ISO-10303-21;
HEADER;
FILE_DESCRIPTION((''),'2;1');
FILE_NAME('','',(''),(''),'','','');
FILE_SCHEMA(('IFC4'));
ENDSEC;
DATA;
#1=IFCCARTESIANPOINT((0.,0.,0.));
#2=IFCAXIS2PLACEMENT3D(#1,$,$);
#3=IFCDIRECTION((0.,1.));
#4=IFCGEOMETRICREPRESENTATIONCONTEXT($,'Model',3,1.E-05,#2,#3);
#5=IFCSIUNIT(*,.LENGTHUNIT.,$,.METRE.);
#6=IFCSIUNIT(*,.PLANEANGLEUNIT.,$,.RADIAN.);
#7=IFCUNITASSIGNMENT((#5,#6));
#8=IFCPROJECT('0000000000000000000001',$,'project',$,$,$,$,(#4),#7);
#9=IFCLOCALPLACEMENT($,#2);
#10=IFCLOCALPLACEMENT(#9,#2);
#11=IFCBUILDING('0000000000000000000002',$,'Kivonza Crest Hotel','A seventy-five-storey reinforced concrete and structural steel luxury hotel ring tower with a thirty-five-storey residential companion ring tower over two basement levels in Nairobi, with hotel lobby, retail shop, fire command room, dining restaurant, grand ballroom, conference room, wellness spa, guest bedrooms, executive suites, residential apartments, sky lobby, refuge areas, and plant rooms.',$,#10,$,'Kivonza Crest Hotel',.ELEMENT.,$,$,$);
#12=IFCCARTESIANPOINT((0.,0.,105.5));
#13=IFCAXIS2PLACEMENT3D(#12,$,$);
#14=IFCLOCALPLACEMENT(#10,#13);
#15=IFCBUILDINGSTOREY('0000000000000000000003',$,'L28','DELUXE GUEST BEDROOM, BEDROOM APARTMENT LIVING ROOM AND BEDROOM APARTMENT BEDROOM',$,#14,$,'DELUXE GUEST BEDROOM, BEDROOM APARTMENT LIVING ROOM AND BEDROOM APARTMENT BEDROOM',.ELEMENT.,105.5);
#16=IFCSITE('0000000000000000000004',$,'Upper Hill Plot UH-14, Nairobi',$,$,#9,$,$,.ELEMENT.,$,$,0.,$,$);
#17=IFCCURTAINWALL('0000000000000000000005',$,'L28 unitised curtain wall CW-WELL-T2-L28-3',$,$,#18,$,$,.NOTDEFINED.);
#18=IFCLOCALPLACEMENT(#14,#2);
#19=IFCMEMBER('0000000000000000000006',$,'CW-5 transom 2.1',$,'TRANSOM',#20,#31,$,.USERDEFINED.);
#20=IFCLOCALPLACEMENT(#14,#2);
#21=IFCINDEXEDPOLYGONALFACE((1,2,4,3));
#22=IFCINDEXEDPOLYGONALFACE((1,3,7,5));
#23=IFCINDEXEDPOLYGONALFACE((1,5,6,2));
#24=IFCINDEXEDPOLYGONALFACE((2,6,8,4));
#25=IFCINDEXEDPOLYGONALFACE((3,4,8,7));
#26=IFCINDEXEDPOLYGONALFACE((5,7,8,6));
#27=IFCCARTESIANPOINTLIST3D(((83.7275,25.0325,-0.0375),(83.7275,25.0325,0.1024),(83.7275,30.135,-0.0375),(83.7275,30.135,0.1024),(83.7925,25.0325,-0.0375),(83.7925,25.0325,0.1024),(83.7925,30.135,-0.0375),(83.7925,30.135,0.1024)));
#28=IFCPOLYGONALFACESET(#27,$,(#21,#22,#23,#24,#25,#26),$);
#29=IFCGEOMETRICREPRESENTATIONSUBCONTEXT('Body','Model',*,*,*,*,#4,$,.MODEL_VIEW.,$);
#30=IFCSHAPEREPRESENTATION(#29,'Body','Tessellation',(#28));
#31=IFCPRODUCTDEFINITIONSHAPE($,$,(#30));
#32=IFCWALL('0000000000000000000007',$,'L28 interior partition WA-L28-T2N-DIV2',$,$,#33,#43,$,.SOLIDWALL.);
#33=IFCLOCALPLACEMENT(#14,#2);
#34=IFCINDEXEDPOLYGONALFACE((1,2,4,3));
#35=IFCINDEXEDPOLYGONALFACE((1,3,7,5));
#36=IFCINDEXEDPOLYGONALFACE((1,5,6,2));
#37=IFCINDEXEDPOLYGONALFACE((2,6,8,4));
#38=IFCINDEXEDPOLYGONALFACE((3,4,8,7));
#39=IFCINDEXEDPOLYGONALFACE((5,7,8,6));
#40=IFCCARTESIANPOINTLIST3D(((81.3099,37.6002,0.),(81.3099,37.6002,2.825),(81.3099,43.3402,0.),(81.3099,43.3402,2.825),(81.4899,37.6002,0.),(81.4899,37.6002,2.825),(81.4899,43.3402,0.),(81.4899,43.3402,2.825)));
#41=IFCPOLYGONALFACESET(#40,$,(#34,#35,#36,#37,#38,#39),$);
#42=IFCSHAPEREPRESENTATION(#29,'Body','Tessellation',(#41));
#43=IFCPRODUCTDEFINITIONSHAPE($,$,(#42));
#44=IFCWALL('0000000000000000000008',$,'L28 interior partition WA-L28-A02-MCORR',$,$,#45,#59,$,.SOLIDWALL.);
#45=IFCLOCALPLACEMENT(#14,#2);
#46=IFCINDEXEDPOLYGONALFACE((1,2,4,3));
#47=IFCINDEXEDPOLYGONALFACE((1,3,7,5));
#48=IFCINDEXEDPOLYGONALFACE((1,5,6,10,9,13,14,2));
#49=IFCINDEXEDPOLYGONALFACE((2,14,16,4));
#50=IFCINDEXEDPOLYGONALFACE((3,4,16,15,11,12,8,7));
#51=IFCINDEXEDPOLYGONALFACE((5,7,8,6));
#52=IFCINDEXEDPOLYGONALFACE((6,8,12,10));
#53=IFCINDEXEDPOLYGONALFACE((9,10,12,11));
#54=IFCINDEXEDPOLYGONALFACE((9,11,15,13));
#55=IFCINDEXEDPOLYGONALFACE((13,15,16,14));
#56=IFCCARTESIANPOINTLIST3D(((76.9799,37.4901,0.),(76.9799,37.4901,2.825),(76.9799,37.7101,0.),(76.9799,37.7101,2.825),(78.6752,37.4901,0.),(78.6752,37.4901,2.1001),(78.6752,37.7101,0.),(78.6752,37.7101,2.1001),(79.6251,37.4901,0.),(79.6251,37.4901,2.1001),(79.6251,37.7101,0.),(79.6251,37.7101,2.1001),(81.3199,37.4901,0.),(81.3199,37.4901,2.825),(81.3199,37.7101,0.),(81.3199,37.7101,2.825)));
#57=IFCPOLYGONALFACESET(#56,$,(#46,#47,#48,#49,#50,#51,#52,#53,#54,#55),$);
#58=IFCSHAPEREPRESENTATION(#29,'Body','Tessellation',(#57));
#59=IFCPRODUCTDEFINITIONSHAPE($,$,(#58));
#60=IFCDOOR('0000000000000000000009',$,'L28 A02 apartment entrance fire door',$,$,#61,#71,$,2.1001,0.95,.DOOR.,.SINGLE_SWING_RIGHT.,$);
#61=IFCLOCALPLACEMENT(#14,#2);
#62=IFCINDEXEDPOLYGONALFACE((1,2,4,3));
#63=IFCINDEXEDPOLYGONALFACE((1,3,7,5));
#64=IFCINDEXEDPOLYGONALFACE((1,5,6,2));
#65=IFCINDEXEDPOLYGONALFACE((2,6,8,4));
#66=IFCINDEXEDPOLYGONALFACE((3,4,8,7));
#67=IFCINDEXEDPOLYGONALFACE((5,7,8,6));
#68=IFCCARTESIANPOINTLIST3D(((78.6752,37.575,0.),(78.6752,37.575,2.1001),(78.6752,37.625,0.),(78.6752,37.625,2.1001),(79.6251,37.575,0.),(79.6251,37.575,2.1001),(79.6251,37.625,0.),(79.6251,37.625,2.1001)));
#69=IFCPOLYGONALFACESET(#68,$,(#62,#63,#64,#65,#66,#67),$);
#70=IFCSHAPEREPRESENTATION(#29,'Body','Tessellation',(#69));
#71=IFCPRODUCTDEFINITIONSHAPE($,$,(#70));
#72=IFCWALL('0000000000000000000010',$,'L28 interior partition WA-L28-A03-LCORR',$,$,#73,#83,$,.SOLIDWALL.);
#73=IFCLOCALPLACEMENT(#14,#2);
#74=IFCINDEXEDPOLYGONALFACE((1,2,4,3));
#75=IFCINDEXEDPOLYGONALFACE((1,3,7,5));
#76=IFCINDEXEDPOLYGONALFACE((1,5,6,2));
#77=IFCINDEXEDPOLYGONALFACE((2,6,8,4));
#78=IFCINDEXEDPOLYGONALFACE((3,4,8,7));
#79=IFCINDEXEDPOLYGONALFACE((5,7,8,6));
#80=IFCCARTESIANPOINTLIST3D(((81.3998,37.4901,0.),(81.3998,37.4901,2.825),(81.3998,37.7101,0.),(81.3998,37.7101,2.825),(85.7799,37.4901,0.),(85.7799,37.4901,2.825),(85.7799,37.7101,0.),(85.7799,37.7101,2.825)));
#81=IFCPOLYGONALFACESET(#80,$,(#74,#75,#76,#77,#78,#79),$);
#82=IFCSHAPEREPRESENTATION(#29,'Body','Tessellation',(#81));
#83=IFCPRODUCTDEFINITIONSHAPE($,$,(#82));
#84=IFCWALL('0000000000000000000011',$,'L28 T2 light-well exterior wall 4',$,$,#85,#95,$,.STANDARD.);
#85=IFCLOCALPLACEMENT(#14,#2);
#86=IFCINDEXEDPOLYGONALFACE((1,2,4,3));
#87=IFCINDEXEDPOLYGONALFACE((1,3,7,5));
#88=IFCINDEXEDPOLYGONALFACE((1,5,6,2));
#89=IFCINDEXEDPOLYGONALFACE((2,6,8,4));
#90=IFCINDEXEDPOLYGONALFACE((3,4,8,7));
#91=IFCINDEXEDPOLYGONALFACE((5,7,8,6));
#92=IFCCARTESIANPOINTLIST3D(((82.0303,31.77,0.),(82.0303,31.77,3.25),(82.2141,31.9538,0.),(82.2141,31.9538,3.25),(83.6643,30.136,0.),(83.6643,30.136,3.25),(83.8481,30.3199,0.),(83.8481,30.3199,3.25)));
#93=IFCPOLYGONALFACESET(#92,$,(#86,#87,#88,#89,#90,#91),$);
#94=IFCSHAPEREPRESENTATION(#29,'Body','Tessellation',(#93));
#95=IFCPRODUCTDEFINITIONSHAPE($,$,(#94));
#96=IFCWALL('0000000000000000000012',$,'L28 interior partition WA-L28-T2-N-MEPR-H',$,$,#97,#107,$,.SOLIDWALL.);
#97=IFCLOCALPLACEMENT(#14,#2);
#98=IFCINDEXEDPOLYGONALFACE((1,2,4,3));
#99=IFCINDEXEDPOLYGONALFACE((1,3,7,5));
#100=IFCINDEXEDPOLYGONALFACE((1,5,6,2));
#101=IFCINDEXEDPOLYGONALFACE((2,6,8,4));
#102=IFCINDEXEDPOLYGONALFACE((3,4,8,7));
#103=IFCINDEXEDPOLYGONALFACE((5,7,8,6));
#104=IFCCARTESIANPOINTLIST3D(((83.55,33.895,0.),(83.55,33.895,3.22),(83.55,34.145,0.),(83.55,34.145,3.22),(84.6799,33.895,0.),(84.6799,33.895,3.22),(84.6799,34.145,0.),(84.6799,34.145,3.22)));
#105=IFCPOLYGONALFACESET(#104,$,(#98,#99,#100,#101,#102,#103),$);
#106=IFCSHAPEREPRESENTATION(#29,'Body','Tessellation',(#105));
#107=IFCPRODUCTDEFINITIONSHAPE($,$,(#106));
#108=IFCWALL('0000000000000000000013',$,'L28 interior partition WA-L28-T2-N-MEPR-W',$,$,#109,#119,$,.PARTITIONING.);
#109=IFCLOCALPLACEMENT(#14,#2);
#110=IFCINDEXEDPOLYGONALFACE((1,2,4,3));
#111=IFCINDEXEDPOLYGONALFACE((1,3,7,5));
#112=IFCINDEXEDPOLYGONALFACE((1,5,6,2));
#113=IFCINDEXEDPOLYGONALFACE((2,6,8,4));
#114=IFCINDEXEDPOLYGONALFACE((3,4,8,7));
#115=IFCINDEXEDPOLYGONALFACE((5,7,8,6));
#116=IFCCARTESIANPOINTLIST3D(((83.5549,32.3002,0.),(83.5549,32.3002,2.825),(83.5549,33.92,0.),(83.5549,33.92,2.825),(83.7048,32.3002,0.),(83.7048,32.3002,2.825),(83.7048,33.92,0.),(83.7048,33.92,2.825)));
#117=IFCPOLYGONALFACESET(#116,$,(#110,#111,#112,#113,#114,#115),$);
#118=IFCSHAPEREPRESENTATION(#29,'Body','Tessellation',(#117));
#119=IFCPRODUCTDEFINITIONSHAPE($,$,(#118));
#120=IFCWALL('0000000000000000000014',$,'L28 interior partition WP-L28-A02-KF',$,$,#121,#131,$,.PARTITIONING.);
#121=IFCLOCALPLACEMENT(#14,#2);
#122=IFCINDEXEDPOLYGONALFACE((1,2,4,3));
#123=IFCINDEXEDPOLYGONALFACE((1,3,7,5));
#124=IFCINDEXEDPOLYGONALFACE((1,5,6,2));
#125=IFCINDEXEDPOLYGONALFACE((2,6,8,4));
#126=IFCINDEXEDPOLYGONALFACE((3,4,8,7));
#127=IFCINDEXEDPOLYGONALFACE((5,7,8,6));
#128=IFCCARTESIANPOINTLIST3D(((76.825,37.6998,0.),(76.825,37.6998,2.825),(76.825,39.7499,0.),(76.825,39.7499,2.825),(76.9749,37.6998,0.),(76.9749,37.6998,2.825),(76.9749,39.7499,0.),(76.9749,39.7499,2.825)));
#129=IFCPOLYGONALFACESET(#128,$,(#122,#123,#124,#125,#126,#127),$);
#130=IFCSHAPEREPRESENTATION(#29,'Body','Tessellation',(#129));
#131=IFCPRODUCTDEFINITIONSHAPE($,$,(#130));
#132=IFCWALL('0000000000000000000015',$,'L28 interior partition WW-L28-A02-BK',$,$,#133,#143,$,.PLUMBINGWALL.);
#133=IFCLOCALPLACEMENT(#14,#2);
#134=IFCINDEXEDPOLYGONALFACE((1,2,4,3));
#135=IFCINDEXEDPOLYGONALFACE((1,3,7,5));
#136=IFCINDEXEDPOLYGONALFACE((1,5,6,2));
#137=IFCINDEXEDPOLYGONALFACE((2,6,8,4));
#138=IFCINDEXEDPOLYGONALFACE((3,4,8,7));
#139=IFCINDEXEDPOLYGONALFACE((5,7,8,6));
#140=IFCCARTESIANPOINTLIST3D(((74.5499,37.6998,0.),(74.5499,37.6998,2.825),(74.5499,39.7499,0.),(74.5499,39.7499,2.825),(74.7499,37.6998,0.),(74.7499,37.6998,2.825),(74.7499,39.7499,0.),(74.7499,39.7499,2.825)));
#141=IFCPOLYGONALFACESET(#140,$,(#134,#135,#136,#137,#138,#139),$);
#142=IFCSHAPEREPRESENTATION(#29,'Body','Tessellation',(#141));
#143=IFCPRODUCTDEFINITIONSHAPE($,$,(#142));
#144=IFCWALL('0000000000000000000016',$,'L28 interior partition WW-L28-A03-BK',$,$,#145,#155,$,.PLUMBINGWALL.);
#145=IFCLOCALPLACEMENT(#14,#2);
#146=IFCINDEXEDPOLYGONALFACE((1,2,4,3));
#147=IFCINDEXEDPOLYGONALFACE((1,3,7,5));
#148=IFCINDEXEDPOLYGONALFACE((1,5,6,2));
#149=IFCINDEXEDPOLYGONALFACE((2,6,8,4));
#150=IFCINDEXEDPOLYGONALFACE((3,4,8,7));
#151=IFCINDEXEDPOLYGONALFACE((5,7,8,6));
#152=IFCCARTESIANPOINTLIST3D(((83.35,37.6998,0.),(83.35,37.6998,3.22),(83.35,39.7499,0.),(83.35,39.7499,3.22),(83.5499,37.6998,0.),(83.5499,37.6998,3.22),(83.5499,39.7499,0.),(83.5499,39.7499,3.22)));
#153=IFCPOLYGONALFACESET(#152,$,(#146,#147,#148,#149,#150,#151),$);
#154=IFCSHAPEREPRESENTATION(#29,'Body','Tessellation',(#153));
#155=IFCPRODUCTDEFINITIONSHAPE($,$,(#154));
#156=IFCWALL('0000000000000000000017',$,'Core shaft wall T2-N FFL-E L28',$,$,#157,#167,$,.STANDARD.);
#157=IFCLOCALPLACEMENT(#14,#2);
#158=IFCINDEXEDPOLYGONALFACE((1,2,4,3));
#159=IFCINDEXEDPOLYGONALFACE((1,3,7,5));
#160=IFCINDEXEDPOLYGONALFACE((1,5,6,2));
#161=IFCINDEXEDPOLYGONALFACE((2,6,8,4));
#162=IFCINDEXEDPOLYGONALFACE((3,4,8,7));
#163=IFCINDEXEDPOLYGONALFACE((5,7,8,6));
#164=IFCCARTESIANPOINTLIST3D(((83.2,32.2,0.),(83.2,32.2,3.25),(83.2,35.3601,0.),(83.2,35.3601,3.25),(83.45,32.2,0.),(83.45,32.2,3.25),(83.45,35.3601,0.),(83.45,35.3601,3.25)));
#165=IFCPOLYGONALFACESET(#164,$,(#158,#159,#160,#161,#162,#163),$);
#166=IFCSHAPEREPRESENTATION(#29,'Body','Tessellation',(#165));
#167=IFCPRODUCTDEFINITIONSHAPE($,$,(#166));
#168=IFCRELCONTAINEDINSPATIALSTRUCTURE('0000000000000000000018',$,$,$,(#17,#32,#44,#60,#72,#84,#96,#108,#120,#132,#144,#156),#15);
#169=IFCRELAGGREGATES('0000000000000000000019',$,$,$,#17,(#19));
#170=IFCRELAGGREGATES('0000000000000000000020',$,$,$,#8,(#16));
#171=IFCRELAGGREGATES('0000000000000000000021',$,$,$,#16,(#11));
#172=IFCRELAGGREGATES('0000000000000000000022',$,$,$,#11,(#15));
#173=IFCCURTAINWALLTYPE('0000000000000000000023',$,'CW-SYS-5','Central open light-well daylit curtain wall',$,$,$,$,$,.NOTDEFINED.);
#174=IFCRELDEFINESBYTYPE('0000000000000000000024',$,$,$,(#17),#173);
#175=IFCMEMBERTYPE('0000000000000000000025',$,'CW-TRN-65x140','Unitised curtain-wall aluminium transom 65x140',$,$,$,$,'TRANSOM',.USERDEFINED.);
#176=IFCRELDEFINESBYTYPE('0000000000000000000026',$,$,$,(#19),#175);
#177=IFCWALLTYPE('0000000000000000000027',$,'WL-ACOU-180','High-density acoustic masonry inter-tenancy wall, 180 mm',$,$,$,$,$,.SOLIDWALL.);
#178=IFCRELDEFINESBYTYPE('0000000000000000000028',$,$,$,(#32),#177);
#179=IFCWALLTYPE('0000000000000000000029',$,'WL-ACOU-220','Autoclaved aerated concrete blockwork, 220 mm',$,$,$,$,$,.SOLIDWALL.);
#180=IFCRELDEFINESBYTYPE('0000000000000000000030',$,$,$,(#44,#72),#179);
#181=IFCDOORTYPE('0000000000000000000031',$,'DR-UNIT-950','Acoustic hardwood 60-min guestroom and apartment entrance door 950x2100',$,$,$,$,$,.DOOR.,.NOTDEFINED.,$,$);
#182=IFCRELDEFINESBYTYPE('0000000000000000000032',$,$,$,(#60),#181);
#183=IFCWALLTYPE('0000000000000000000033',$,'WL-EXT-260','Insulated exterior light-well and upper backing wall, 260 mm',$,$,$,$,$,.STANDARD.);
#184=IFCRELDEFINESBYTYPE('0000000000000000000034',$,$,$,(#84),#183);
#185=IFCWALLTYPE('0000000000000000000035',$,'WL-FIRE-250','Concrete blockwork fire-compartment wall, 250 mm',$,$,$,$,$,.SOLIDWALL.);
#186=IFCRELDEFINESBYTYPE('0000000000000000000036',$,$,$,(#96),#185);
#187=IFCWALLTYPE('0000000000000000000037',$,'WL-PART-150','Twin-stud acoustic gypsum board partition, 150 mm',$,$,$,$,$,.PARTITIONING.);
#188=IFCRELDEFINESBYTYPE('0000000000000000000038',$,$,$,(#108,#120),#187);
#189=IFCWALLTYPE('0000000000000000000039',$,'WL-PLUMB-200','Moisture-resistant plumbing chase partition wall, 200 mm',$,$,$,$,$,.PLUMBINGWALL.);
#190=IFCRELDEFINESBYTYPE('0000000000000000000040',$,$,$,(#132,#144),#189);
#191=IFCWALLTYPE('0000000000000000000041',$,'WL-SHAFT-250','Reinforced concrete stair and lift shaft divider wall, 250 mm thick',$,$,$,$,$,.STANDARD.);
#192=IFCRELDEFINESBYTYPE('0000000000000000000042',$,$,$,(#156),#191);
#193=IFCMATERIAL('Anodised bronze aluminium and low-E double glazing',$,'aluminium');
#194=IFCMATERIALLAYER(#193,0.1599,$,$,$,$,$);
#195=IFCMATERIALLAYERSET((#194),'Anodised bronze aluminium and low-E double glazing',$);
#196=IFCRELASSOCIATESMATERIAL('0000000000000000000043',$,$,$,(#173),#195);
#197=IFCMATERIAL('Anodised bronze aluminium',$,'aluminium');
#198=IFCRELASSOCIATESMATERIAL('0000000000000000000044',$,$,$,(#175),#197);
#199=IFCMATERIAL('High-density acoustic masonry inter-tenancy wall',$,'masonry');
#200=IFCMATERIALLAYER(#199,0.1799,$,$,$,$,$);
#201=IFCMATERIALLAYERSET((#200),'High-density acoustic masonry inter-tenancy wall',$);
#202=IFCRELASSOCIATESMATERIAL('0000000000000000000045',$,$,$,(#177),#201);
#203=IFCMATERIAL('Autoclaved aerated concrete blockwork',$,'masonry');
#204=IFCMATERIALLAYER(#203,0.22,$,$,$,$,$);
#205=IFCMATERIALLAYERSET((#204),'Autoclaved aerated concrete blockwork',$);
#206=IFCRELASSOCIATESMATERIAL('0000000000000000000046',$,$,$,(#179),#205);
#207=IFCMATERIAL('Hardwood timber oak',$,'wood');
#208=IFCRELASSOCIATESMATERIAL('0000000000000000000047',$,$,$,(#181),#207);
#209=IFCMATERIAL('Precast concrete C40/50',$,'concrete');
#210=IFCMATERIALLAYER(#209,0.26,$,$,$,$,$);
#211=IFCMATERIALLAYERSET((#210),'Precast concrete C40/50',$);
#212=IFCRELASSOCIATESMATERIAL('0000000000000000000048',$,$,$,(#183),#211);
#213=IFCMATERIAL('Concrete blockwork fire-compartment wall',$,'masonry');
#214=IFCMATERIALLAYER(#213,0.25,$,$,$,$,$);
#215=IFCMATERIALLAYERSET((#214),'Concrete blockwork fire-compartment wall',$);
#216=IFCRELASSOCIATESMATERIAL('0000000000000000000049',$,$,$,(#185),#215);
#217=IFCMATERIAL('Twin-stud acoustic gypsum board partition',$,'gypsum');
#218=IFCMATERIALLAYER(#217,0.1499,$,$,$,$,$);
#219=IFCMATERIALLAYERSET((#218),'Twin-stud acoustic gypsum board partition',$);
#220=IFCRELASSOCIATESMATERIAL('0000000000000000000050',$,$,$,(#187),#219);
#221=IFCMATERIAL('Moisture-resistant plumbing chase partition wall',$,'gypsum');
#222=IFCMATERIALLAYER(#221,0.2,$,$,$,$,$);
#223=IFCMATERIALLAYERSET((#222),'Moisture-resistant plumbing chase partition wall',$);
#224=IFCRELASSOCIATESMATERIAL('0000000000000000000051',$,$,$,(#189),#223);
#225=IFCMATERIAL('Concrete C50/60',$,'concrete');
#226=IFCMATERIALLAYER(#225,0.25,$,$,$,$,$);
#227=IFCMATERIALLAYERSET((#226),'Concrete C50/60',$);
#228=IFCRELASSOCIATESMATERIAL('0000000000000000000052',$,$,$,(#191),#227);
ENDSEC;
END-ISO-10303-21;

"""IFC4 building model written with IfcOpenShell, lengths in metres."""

from ifc_helpers import new_model, si_unit, direction, frame, frame_2d, origin, origin_2d, place, context, subcontext, project, spatial, rectangle, extrude, material, layer, layer_set, material_profile, profile_set, type_object, element, fill, aggregate, save


model = new_model("IFC4")

# Units and contexts
model_context = context("Model", 3, precision=1e-05, world=origin(), true_north=direction((0.0, 1.0)))
body_context = subcontext(model_context, "Body", "Model", "MODEL_VIEW")
ifc_project = project(units=[si_unit("LENGTHUNIT", "METRE"), si_unit("PLANEANGLEUNIT", "RADIAN")], contexts=[model_context])

# Site, building, storey
site_placement = place(None, origin())
site = spatial("IfcSite", under=ifc_project, at=site_placement, Name="Upper Hill Plot UH-14, Nairobi", CompositionType="ELEMENT", RefElevation=0.0)
building_placement = place(site_placement, origin())
building = spatial("IfcBuilding", under=site, at=building_placement, Name="Kivonza Crest Hotel", Description="A seventy-five-storey reinforced concrete and structural steel luxury hotel ring tower with a thirty-five-storey residential companion ring tower over two basement levels in Nairobi, with hotel lobby, retail shop, fire command room, dining restaurant, grand ballroom, conference room, wellness spa, guest bedrooms, executive suites, residential apartments, sky lobby, refuge areas, and plant rooms.", LongName="Kivonza Crest Hotel", CompositionType="ELEMENT")
storey_placement = place(building_placement, frame((0.0, 0.0, 105.5)))
storey = spatial("IfcBuildingStorey", under=building, at=storey_placement, Name="L28", Description="DELUXE GUEST BEDROOM, BEDROOM APARTMENT LIVING ROOM AND BEDROOM APARTMENT BEDROOM", LongName="DELUXE GUEST BEDROOM, BEDROOM APARTMENT LIVING ROOM AND BEDROOM APARTMENT BEDROOM", CompositionType="ELEMENT", Elevation=105.5)

# Curtain wall, member
ifc_material_1 = material(Name="Anodised bronze aluminium and low-E double glazing", Category="aluminium")
ifc_layer_1 = layer(ifc_material_1, 0.1599)
ifc_layer_set_1 = layer_set([ifc_layer_1], Name="Anodised bronze aluminium and low-E double glazing")
curtain_wall_type = type_object("IfcCurtainWallType", Name="CW-SYS-5", Description="Central open light-well daylit curtain wall", PredefinedType="NOTDEFINED", material=ifc_layer_set_1)
curtain_wall_placement = place(storey_placement, origin())
curtain_wall = element("IfcCurtainWall", 1, at=curtain_wall_placement, inside=storey, type_object=curtain_wall_type, Name="L28 unitised curtain wall CW-WELL-T2-L28-3", PredefinedType="NOTDEFINED")
ifc_material_2 = material(Name="Anodised bronze aluminium", Category="aluminium")
ifc_material_profile = material_profile(ifc_material_2, rectangle(XDim=0.0649, YDim=0.1399, at=origin_2d()), Name="CW-T 65x140")
ifc_profile_set = profile_set([ifc_material_profile], Name="Anodised bronze aluminium")
member_type = type_object("IfcMemberType", Name="CW-TRN-65x140", Description="Unitised curtain-wall aluminium transom 65x140", ElementType="TRANSOM", PredefinedType="USERDEFINED", material=ifc_profile_set)
member_placement = place(storey_placement, frame((83.76, 25.0325, 0.0325), z_axis=(0.0, 1.0, 0.0), x_axis=(-1.0, 0.0, 0.0)))
member = element("IfcMember", 2, at=member_placement, type_object=member_type, Name="CW-5 transom 2.1", ObjectType="TRANSOM", PredefinedType="USERDEFINED", context=body_context, shape_type="SweptSolid", body=[
    extrude(rectangle(XDim=0.0649, YDim=0.1399, at=origin_2d()), origin(), (0.0, 0.0, 1.0), 5.1025),
])
aggregate(curtain_wall, [member])

# Wall
ifc_material_3 = material(Name="High-density acoustic masonry inter-tenancy wall", Category="masonry")
ifc_layer_2 = layer(ifc_material_3, 0.1799)
ifc_layer_set_2 = layer_set([ifc_layer_2], Name="High-density acoustic masonry inter-tenancy wall")
wall_type_1 = type_object("IfcWallType", Name="WL-ACOU-180", Description="High-density acoustic masonry inter-tenancy wall, 180 mm", PredefinedType="SOLIDWALL", material=ifc_layer_set_2)
wall_1_placement = place(storey_placement, frame((81.3999, 37.6001, 0.0), z_axis=(0.0, 0.0, 1.0), x_axis=(0.0, 1.0, 0.0)))
element("IfcWall", 3, at=wall_1_placement, inside=storey, type_object=wall_type_1, Name="L28 interior partition WA-L28-T2N-DIV2", PredefinedType="SOLIDWALL", context=body_context, shape_type="SweptSolid", body=[
    extrude(rectangle(XDim=5.74, YDim=0.1799, at=frame_2d((2.8701, 0.0))), origin(), (0.0, 0.0, 1.0), 2.825),
])

# Wall, opening, door
ifc_material_4 = material(Name="Autoclaved aerated concrete blockwork", Category="masonry")
ifc_layer_3 = layer(ifc_material_4, 0.22)
ifc_layer_set_3 = layer_set([ifc_layer_3], Name="Autoclaved aerated concrete blockwork")
wall_type_2 = type_object("IfcWallType", Name="WL-ACOU-220", Description="Autoclaved aerated concrete blockwork, 220 mm", PredefinedType="SOLIDWALL", material=ifc_layer_set_3)
wall_2_placement = place(storey_placement, frame((76.98, 37.6001, 0.0), z_axis=(0.0, 0.0, 1.0), x_axis=(1.0, 0.0, 0.0)))
wall_2 = element("IfcWall", 4, at=wall_2_placement, inside=storey, type_object=wall_type_2, Name="L28 interior partition WA-L28-A02-MCORR", PredefinedType="SOLIDWALL", context=body_context, shape_type="SweptSolid", body=[
    extrude(rectangle(XDim=4.3401, YDim=0.22, at=frame_2d((2.1699, 0.0))), origin(), (0.0, 0.0, 1.0), 2.825),
])
opening_1_placement = place(wall_2_placement, frame((1.6951, 0.0, 0.0)))
opening_1 = element("IfcOpeningElement", 5, at=opening_1_placement, cuts=wall_2, PredefinedType="OPENING", context=body_context, shape_type="SweptSolid", body=[
    extrude(rectangle(XDim=0.95, YDim=2.1001, at=frame_2d((0.4751, 1.05))), frame((0.0, 0.1201, 0.0), z_axis=(0.0, -1.0, 0.0), x_axis=(1.0, 0.0, 0.0)), (0.0, 0.0, 1.0), 0.24),
])
ifc_material_5 = material(Name="Hardwood timber oak", Category="wood")
door_type_1 = type_object("IfcDoorType", Name="DR-UNIT-950", Description="Acoustic hardwood 60-min guestroom and apartment entrance door 950x2100", OperationType="NOTDEFINED", PredefinedType="DOOR", material=ifc_material_5)
door_1_placement = place(opening_1_placement, origin())
door_1 = element("IfcDoor", 6, at=door_1_placement, inside=storey, type_object=door_type_1, Name="L28 A02 apartment entrance fire door", OperationType="SINGLE_SWING_RIGHT", OverallHeight=2.1001, OverallWidth=0.95, PredefinedType="DOOR", context=body_context, shape_type="SweptSolid", body=[
    extrude(rectangle(XDim=0.95, YDim=2.1001, at=frame_2d((0.4751, 1.05))), frame((0.0, 0.0249, 0.0), z_axis=(0.0, -1.0, 0.0), x_axis=(1.0, 0.0, 0.0)), (0.0, 0.0, 1.0), 0.05),
])
fill(opening_1, door_1)

# Walls
wall_3_placement = place(storey_placement, frame((81.3999, 37.6001, 0.0), z_axis=(0.0, 0.0, 1.0), x_axis=(1.0, 0.0, 0.0)))
element("IfcWall", 7, at=wall_3_placement, inside=storey, type_object=wall_type_2, Name="L28 interior partition WA-L28-A03-LCORR", PredefinedType="SOLIDWALL", context=body_context, shape_type="SweptSolid", body=[
    extrude(rectangle(XDim=4.3801, YDim=0.22, at=frame_2d((2.1899, 0.0))), origin(), (0.0, 0.0, 1.0), 2.825),
])
ifc_material_6 = material(Name="Precast concrete C40/50", Category="concrete")
ifc_layer_4 = layer(ifc_material_6, 0.26)
ifc_layer_set_4 = layer_set([ifc_layer_4], Name="Precast concrete C40/50")
wall_type_3 = type_object("IfcWallType", Name="WL-EXT-260", Description="Insulated exterior light-well and upper backing wall, 260 mm", PredefinedType="STANDARD", material=ifc_layer_set_4)
wall_4_placement = place(storey_placement, frame((83.7561, 30.228, 0.0), z_axis=(0.0, 0.0, 1.0), x_axis=(-0.707107, 0.707107, 0.0)))
element("IfcWall", 8, at=wall_4_placement, inside=storey, type_object=wall_type_3, Name="L28 T2 light-well exterior wall 4", PredefinedType="STANDARD", context=body_context, shape_type="SweptSolid", body=[
    extrude(rectangle(XDim=2.3108, YDim=0.26, at=frame_2d((1.1553, 0.0))), origin(), (0.0, 0.0, 1.0), 3.25),
])
ifc_material_7 = material(Name="Concrete blockwork fire-compartment wall", Category="masonry")
ifc_layer_5 = layer(ifc_material_7, 0.25)
ifc_layer_set_5 = layer_set([ifc_layer_5], Name="Concrete blockwork fire-compartment wall")
wall_type_4 = type_object("IfcWallType", Name="WL-FIRE-250", Description="Concrete blockwork fire-compartment wall, 250 mm", PredefinedType="SOLIDWALL", material=ifc_layer_set_5)
wall_5_placement = place(storey_placement, frame((83.55, 34.02, 0.0), z_axis=(0.0, 0.0, 1.0), x_axis=(1.0, 0.0, 0.0)))
element("IfcWall", 9, at=wall_5_placement, inside=storey, type_object=wall_type_4, Name="L28 interior partition WA-L28-T2-N-MEPR-H", PredefinedType="SOLIDWALL", context=body_context, shape_type="SweptSolid", body=[
    extrude(rectangle(XDim=1.1299, YDim=0.25, at=frame_2d((0.5649, 0.0))), origin(), (0.0, 0.0, 1.0), 3.22),
])
ifc_material_8 = material(Name="Twin-stud acoustic gypsum board partition", Category="gypsum")
ifc_layer_6 = layer(ifc_material_8, 0.1499)
ifc_layer_set_6 = layer_set([ifc_layer_6], Name="Twin-stud acoustic gypsum board partition")
wall_type_5 = type_object("IfcWallType", Name="WL-PART-150", Description="Twin-stud acoustic gypsum board partition, 150 mm", PredefinedType="PARTITIONING", material=ifc_layer_set_6)
wall_6_placement = place(storey_placement, frame((83.6299, 32.3, 0.0), z_axis=(0.0, 0.0, 1.0), x_axis=(0.0, 1.0, 0.0)))
element("IfcWall", 10, at=wall_6_placement, inside=storey, type_object=wall_type_5, Name="L28 interior partition WA-L28-T2-N-MEPR-W", PredefinedType="PARTITIONING", context=body_context, shape_type="SweptSolid", body=[
    extrude(rectangle(XDim=1.6199, YDim=0.1499, at=frame_2d((0.8101, 0.0))), origin(), (0.0, 0.0, 1.0), 2.825),
])
wall_7_placement = place(storey_placement, frame((76.8999, 37.7, 0.0), z_axis=(0.0, 0.0, 1.0), x_axis=(0.0, 1.0, 0.0)))
element("IfcWall", 11, at=wall_7_placement, inside=storey, type_object=wall_type_5, Name="L28 interior partition WP-L28-A02-KF", PredefinedType="PARTITIONING", context=body_context, shape_type="SweptSolid", body=[
    extrude(rectangle(XDim=2.05, YDim=0.1499, at=frame_2d((1.0249, 0.0))), origin(), (0.0, 0.0, 1.0), 2.825),
])
ifc_material_9 = material(Name="Moisture-resistant plumbing chase partition wall", Category="gypsum")
ifc_layer_7 = layer(ifc_material_9, 0.2)
ifc_layer_set_7 = layer_set([ifc_layer_7], Name="Moisture-resistant plumbing chase partition wall")
wall_type_6 = type_object("IfcWallType", Name="WL-PLUMB-200", Description="Moisture-resistant plumbing chase partition wall, 200 mm", PredefinedType="PLUMBINGWALL", material=ifc_layer_set_7)
wall_8_placement = place(storey_placement, frame((74.6499, 37.7, 0.0), z_axis=(0.0, 0.0, 1.0), x_axis=(0.0, 1.0, 0.0)))
element("IfcWall", 12, at=wall_8_placement, inside=storey, type_object=wall_type_6, Name="L28 interior partition WW-L28-A02-BK", PredefinedType="PLUMBINGWALL", context=body_context, shape_type="SweptSolid", body=[
    extrude(rectangle(XDim=2.05, YDim=0.2, at=frame_2d((1.0249, 0.0))), origin(), (0.0, 0.0, 1.0), 2.825),
])
wall_9_placement = place(storey_placement, frame((83.45, 37.7, 0.0), z_axis=(0.0, 0.0, 1.0), x_axis=(0.0, 1.0, 0.0)))
element("IfcWall", 13, at=wall_9_placement, inside=storey, type_object=wall_type_6, Name="L28 interior partition WW-L28-A03-BK", PredefinedType="PLUMBINGWALL", context=body_context, shape_type="SweptSolid", body=[
    extrude(rectangle(XDim=2.05, YDim=0.2, at=frame_2d((1.0249, 0.0))), origin(), (0.0, 0.0, 1.0), 3.22),
])

# Shared definitions
ifc_material_10 = material(Name="Concrete C50/60", Category="concrete")
ifc_layer_8 = layer(ifc_material_10, 0.25)
ifc_layer_set_8 = layer_set([ifc_layer_8], Name="Concrete C50/60")
wall_type_7 = type_object("IfcWallType", Name="WL-SHAFT-250", Description="Reinforced concrete stair and lift shaft divider wall, 250 mm thick", PredefinedType="STANDARD", material=ifc_layer_set_8)

# Wall
wall_10_placement = place(storey_placement, frame((83.325, 32.2, 0.0), z_axis=(0.0, 0.0, 1.0), x_axis=(0.0, 1.0, 0.0)))
element("IfcWall", 14, at=wall_10_placement, inside=storey, type_object=wall_type_7, Name="Core shaft wall T2-N FFL-E L28", PredefinedType="STANDARD", context=body_context, shape_type="SweptSolid", body=[
    extrude(rectangle(XDim=3.1602, YDim=0.25, at=frame_2d((1.5801, 0.0))), origin(), (0.0, 0.0, 1.0), 3.25),
])

save(model, "model.ifc")
